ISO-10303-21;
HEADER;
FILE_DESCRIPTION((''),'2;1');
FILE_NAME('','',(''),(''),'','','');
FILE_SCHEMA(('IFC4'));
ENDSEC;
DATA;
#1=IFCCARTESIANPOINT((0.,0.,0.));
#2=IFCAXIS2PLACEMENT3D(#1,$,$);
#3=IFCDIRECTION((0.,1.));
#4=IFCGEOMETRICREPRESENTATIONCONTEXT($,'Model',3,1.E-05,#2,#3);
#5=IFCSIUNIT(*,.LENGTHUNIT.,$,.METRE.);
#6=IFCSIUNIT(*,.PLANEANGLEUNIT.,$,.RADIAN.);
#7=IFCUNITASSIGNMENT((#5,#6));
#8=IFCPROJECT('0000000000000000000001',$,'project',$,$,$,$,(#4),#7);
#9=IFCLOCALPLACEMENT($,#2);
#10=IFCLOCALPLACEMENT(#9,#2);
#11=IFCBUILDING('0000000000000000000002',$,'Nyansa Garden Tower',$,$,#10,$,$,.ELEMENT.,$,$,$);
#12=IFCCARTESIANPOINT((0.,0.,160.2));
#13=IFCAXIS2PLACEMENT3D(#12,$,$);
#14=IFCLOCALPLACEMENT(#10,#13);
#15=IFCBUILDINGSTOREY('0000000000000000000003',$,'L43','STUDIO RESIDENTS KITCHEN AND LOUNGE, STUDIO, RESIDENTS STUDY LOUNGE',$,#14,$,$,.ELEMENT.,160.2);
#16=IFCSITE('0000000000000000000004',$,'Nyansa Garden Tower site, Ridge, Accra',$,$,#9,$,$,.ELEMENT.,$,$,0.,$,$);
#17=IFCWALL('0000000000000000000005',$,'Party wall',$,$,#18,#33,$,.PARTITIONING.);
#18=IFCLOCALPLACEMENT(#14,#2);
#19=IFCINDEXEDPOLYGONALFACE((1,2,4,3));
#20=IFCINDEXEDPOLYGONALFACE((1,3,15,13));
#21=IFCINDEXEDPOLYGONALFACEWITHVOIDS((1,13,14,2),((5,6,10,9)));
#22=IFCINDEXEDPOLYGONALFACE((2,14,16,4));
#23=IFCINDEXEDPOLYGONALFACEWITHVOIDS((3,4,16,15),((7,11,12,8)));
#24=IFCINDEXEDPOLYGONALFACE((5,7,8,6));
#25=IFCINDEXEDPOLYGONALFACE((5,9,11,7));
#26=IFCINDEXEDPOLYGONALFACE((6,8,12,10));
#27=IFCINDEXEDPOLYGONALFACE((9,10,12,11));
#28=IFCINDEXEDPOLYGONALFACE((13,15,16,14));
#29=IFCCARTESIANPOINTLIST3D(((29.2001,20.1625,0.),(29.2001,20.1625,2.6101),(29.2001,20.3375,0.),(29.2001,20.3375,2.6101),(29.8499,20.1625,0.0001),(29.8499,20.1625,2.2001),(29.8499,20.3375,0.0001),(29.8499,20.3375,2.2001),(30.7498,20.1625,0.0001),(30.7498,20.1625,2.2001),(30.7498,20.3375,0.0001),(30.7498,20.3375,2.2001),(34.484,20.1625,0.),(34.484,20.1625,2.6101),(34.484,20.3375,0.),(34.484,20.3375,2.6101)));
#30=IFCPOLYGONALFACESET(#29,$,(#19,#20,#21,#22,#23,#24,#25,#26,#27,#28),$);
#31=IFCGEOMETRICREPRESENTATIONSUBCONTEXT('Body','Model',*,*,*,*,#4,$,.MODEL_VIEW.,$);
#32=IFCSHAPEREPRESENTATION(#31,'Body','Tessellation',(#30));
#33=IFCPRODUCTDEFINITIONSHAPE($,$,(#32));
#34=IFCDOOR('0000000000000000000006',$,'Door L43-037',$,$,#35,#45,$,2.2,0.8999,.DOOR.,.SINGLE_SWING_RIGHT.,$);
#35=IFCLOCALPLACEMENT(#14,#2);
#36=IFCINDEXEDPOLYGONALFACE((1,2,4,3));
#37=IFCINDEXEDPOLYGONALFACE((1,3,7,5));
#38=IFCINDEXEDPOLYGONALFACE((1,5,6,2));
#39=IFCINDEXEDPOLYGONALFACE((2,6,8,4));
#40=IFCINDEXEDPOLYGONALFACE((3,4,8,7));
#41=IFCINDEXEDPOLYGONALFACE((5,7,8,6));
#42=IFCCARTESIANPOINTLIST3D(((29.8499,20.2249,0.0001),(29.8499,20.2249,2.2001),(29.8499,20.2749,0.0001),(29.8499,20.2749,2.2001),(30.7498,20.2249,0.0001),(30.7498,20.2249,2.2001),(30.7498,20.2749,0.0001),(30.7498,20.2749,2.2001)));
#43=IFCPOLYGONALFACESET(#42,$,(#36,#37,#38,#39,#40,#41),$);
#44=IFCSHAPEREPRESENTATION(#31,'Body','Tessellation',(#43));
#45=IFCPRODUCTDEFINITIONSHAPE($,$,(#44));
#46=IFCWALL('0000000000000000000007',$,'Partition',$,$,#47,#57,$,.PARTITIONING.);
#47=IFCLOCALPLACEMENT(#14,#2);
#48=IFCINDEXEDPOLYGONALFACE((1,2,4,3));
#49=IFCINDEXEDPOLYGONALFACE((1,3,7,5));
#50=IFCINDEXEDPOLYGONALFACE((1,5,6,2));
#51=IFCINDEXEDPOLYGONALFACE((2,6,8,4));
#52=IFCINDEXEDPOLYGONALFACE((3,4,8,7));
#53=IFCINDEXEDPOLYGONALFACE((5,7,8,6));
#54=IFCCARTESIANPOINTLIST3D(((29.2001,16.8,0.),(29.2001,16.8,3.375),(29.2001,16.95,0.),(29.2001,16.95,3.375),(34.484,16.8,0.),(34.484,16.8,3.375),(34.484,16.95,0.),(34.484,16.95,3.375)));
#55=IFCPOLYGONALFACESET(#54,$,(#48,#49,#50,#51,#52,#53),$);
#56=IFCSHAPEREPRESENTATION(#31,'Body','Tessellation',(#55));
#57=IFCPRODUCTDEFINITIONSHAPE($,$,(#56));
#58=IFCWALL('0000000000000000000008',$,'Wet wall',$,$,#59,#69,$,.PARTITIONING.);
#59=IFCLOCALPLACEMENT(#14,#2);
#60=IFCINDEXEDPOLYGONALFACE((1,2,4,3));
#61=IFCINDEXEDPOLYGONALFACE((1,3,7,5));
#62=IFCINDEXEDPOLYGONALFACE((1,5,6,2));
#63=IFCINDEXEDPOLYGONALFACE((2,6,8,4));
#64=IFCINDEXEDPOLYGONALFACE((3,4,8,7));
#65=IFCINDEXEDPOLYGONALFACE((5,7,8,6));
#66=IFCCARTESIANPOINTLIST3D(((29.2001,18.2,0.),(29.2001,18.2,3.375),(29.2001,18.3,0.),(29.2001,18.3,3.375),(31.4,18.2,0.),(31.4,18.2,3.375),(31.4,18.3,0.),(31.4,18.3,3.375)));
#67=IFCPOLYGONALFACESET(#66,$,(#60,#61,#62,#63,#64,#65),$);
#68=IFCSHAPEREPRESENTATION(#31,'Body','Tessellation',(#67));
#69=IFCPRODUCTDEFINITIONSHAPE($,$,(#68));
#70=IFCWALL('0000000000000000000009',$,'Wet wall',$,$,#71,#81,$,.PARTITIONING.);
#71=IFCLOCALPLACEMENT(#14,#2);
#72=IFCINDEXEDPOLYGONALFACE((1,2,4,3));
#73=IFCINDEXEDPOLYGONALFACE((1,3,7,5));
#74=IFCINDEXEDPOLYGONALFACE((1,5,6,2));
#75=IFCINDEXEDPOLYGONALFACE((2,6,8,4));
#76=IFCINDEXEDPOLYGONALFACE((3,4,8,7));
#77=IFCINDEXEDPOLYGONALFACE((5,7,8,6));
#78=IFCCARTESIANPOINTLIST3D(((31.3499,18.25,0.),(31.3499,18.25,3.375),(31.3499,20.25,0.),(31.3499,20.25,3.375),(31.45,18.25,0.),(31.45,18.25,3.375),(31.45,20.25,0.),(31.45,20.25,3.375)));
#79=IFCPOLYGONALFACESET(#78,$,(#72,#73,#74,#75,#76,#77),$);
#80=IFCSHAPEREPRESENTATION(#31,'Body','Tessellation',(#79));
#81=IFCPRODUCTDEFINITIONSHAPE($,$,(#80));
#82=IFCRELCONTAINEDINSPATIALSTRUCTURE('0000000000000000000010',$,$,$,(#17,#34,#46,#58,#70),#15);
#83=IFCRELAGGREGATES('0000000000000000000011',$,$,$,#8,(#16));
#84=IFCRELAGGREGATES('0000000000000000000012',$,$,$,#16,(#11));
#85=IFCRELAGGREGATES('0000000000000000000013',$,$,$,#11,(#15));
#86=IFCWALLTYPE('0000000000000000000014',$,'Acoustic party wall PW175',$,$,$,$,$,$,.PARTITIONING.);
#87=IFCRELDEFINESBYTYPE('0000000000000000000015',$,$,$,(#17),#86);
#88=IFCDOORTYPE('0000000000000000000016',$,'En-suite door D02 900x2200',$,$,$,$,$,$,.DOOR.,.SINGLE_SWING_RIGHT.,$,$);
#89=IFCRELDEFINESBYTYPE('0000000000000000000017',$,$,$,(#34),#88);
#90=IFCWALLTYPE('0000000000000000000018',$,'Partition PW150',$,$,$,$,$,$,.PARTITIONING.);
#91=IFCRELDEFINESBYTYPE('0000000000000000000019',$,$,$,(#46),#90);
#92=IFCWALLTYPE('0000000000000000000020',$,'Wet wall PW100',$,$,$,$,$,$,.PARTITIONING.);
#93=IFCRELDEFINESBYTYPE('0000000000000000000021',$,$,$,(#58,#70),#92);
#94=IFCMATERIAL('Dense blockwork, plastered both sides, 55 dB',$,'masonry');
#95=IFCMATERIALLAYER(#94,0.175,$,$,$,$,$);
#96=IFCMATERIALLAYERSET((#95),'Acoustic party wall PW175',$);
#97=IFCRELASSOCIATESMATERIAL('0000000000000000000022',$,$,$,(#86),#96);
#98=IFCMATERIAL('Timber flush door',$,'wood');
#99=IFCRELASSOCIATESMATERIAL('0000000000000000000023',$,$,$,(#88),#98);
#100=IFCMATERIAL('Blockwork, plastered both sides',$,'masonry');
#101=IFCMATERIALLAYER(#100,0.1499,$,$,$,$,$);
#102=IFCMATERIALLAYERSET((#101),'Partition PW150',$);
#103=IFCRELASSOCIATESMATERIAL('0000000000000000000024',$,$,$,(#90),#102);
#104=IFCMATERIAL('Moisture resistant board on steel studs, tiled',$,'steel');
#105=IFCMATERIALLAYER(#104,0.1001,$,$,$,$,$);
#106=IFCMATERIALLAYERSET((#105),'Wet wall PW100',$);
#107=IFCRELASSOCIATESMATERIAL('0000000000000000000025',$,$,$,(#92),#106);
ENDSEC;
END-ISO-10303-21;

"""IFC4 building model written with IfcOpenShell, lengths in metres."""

from ifc_helpers import new_model, si_unit, direction, frame, frame_2d, origin, place, context, subcontext, project, spatial, rectangle, extrude, material, layer, layer_set, type_object, element, fill, save


model = new_model("IFC4")

# Units and contexts
model_context = context("Model", 3, precision=1e-05, world=origin(), true_north=direction((0.0, 1.0)))
body_context = subcontext(model_context, "Body", "Model", "MODEL_VIEW")
ifc_project = project(units=[si_unit("LENGTHUNIT", "METRE"), si_unit("PLANEANGLEUNIT", "RADIAN")], contexts=[model_context])

# Site, building, storey
site_placement = place(None, origin())
site = spatial("IfcSite", under=ifc_project, at=site_placement, Name="Nyansa Garden Tower site, Ridge, Accra", CompositionType="ELEMENT", RefElevation=0.0)
building_placement = place(site_placement, origin())
building = spatial("IfcBuilding", under=site, at=building_placement, Name="Nyansa Garden Tower", CompositionType="ELEMENT")
storey_placement = place(building_placement, frame((0.0, 0.0, 160.2)))
storey = spatial("IfcBuildingStorey", under=building, at=storey_placement, Name="L43", Description="STUDIO RESIDENTS KITCHEN AND LOUNGE, STUDIO, RESIDENTS STUDY LOUNGE", CompositionType="ELEMENT", Elevation=160.2)

# Wall, opening, door
ifc_material_1 = material(Name="Dense blockwork, plastered both sides, 55 dB", Category="masonry")
ifc_layer_1 = layer(ifc_material_1, 0.175)
ifc_layer_set_1 = layer_set([ifc_layer_1], Name="Acoustic party wall PW175")
wall_type_1 = type_object("IfcWallType", Name="Acoustic party wall PW175", PredefinedType="PARTITIONING", material=ifc_layer_set_1)
wall_1_placement = place(storey_placement, frame((29.2, 20.25, 0.0), z_axis=(0.0, 0.0, 1.0), x_axis=(1.0, 0.0, 0.0)))
wall_1 = element("IfcWall", 1, at=wall_1_placement, inside=storey, type_object=wall_type_1, Name="Party wall", PredefinedType="PARTITIONING", context=body_context, shape_type="SweptSolid", body=[
    extrude(rectangle(XDim=5.2839, YDim=0.175, at=frame_2d((2.6421, 0.0))), origin(), (0.0, 0.0, 1.0), 2.6101),
])
opening_placement = place(wall_1_placement, frame((0.6499, 0.0, 0.0)))
opening = element("IfcOpeningElement", 2, at=opening_placement, cuts=wall_1, PredefinedType="OPENING", context=body_context, shape_type="SweptSolid", body=[
    extrude(rectangle(XDim=0.8999, YDim=2.2, at=frame_2d((0.45, 1.1001))), frame((0.0, 0.0974, 0.0), z_axis=(0.0, -1.0, 0.0), x_axis=(1.0, 0.0, 0.0)), (0.0, 0.0, 1.0), 0.1951),
])
ifc_material_2 = material(Name="Timber flush door", Category="wood")
door_type = type_object("IfcDoorType", Name="En-suite door D02 900x2200", OperationType="SINGLE_SWING_RIGHT", PredefinedType="DOOR", material=ifc_material_2)
door_placement = place(opening_placement, origin())
door = element("IfcDoor", 3, at=door_placement, inside=storey, type_object=door_type, Name="Door L43-037", OperationType="SINGLE_SWING_RIGHT", OverallHeight=2.2, OverallWidth=0.8999, PredefinedType="DOOR", context=body_context, shape_type="SweptSolid", body=[
    extrude(rectangle(XDim=0.8999, YDim=2.2, at=frame_2d((0.45, 1.1001))), frame((0.0, 0.0249, 0.0), z_axis=(0.0, -1.0, 0.0), x_axis=(1.0, 0.0, 0.0)), (0.0, 0.0, 1.0), 0.05),
])
fill(opening, door)

# Walls
ifc_material_3 = material(Name="Blockwork, plastered both sides", Category="masonry")
ifc_layer_2 = layer(ifc_material_3, 0.1499)
ifc_layer_set_2 = layer_set([ifc_layer_2], Name="Partition PW150")
wall_type_2 = type_object("IfcWallType", Name="Partition PW150", PredefinedType="PARTITIONING", material=ifc_layer_set_2)
wall_2_placement = place(storey_placement, frame((29.2, 16.875, 0.0), z_axis=(0.0, 0.0, 1.0), x_axis=(1.0, 0.0, 0.0)))
element("IfcWall", 4, at=wall_2_placement, inside=storey, type_object=wall_type_2, Name="Partition", PredefinedType="PARTITIONING", context=body_context, shape_type="SweptSolid", body=[
    extrude(rectangle(XDim=5.2839, YDim=0.1499, at=frame_2d((2.6421, 0.0))), origin(), (0.0, 0.0, 1.0), 3.375),
])
ifc_material_4 = material(Name="Moisture resistant board on steel studs, tiled", Category="steel")
ifc_layer_3 = layer(ifc_material_4, 0.1001)
ifc_layer_set_3 = layer_set([ifc_layer_3], Name="Wet wall PW100")
wall_type_3 = type_object("IfcWallType", Name="Wet wall PW100", PredefinedType="PARTITIONING", material=ifc_layer_set_3)
wall_3_placement = place(storey_placement, frame((29.2, 18.25, 0.0), z_axis=(0.0, 0.0, 1.0), x_axis=(1.0, 0.0, 0.0)))
element("IfcWall", 5, at=wall_3_placement, inside=storey, type_object=wall_type_3, Name="Wet wall", PredefinedType="PARTITIONING", context=body_context, shape_type="SweptSolid", body=[
    extrude(rectangle(XDim=2.2, YDim=0.1001, at=frame_2d((1.1001, 0.0))), origin(), (0.0, 0.0, 1.0), 3.375),
])
wall_4_placement = place(storey_placement, frame((31.3999, 18.25, 0.0), z_axis=(0.0, 0.0, 1.0), x_axis=(0.0, 1.0, 0.0)))
element("IfcWall", 6, at=wall_4_placement, inside=storey, type_object=wall_type_3, Name="Wet wall", PredefinedType="PARTITIONING", context=body_context, shape_type="SweptSolid", body=[
    extrude(rectangle(XDim=2.0, YDim=0.1001, at=frame_2d((1.0, 0.0))), origin(), (0.0, 0.0, 1.0), 3.375),
])

save(model, "model.ifc")
